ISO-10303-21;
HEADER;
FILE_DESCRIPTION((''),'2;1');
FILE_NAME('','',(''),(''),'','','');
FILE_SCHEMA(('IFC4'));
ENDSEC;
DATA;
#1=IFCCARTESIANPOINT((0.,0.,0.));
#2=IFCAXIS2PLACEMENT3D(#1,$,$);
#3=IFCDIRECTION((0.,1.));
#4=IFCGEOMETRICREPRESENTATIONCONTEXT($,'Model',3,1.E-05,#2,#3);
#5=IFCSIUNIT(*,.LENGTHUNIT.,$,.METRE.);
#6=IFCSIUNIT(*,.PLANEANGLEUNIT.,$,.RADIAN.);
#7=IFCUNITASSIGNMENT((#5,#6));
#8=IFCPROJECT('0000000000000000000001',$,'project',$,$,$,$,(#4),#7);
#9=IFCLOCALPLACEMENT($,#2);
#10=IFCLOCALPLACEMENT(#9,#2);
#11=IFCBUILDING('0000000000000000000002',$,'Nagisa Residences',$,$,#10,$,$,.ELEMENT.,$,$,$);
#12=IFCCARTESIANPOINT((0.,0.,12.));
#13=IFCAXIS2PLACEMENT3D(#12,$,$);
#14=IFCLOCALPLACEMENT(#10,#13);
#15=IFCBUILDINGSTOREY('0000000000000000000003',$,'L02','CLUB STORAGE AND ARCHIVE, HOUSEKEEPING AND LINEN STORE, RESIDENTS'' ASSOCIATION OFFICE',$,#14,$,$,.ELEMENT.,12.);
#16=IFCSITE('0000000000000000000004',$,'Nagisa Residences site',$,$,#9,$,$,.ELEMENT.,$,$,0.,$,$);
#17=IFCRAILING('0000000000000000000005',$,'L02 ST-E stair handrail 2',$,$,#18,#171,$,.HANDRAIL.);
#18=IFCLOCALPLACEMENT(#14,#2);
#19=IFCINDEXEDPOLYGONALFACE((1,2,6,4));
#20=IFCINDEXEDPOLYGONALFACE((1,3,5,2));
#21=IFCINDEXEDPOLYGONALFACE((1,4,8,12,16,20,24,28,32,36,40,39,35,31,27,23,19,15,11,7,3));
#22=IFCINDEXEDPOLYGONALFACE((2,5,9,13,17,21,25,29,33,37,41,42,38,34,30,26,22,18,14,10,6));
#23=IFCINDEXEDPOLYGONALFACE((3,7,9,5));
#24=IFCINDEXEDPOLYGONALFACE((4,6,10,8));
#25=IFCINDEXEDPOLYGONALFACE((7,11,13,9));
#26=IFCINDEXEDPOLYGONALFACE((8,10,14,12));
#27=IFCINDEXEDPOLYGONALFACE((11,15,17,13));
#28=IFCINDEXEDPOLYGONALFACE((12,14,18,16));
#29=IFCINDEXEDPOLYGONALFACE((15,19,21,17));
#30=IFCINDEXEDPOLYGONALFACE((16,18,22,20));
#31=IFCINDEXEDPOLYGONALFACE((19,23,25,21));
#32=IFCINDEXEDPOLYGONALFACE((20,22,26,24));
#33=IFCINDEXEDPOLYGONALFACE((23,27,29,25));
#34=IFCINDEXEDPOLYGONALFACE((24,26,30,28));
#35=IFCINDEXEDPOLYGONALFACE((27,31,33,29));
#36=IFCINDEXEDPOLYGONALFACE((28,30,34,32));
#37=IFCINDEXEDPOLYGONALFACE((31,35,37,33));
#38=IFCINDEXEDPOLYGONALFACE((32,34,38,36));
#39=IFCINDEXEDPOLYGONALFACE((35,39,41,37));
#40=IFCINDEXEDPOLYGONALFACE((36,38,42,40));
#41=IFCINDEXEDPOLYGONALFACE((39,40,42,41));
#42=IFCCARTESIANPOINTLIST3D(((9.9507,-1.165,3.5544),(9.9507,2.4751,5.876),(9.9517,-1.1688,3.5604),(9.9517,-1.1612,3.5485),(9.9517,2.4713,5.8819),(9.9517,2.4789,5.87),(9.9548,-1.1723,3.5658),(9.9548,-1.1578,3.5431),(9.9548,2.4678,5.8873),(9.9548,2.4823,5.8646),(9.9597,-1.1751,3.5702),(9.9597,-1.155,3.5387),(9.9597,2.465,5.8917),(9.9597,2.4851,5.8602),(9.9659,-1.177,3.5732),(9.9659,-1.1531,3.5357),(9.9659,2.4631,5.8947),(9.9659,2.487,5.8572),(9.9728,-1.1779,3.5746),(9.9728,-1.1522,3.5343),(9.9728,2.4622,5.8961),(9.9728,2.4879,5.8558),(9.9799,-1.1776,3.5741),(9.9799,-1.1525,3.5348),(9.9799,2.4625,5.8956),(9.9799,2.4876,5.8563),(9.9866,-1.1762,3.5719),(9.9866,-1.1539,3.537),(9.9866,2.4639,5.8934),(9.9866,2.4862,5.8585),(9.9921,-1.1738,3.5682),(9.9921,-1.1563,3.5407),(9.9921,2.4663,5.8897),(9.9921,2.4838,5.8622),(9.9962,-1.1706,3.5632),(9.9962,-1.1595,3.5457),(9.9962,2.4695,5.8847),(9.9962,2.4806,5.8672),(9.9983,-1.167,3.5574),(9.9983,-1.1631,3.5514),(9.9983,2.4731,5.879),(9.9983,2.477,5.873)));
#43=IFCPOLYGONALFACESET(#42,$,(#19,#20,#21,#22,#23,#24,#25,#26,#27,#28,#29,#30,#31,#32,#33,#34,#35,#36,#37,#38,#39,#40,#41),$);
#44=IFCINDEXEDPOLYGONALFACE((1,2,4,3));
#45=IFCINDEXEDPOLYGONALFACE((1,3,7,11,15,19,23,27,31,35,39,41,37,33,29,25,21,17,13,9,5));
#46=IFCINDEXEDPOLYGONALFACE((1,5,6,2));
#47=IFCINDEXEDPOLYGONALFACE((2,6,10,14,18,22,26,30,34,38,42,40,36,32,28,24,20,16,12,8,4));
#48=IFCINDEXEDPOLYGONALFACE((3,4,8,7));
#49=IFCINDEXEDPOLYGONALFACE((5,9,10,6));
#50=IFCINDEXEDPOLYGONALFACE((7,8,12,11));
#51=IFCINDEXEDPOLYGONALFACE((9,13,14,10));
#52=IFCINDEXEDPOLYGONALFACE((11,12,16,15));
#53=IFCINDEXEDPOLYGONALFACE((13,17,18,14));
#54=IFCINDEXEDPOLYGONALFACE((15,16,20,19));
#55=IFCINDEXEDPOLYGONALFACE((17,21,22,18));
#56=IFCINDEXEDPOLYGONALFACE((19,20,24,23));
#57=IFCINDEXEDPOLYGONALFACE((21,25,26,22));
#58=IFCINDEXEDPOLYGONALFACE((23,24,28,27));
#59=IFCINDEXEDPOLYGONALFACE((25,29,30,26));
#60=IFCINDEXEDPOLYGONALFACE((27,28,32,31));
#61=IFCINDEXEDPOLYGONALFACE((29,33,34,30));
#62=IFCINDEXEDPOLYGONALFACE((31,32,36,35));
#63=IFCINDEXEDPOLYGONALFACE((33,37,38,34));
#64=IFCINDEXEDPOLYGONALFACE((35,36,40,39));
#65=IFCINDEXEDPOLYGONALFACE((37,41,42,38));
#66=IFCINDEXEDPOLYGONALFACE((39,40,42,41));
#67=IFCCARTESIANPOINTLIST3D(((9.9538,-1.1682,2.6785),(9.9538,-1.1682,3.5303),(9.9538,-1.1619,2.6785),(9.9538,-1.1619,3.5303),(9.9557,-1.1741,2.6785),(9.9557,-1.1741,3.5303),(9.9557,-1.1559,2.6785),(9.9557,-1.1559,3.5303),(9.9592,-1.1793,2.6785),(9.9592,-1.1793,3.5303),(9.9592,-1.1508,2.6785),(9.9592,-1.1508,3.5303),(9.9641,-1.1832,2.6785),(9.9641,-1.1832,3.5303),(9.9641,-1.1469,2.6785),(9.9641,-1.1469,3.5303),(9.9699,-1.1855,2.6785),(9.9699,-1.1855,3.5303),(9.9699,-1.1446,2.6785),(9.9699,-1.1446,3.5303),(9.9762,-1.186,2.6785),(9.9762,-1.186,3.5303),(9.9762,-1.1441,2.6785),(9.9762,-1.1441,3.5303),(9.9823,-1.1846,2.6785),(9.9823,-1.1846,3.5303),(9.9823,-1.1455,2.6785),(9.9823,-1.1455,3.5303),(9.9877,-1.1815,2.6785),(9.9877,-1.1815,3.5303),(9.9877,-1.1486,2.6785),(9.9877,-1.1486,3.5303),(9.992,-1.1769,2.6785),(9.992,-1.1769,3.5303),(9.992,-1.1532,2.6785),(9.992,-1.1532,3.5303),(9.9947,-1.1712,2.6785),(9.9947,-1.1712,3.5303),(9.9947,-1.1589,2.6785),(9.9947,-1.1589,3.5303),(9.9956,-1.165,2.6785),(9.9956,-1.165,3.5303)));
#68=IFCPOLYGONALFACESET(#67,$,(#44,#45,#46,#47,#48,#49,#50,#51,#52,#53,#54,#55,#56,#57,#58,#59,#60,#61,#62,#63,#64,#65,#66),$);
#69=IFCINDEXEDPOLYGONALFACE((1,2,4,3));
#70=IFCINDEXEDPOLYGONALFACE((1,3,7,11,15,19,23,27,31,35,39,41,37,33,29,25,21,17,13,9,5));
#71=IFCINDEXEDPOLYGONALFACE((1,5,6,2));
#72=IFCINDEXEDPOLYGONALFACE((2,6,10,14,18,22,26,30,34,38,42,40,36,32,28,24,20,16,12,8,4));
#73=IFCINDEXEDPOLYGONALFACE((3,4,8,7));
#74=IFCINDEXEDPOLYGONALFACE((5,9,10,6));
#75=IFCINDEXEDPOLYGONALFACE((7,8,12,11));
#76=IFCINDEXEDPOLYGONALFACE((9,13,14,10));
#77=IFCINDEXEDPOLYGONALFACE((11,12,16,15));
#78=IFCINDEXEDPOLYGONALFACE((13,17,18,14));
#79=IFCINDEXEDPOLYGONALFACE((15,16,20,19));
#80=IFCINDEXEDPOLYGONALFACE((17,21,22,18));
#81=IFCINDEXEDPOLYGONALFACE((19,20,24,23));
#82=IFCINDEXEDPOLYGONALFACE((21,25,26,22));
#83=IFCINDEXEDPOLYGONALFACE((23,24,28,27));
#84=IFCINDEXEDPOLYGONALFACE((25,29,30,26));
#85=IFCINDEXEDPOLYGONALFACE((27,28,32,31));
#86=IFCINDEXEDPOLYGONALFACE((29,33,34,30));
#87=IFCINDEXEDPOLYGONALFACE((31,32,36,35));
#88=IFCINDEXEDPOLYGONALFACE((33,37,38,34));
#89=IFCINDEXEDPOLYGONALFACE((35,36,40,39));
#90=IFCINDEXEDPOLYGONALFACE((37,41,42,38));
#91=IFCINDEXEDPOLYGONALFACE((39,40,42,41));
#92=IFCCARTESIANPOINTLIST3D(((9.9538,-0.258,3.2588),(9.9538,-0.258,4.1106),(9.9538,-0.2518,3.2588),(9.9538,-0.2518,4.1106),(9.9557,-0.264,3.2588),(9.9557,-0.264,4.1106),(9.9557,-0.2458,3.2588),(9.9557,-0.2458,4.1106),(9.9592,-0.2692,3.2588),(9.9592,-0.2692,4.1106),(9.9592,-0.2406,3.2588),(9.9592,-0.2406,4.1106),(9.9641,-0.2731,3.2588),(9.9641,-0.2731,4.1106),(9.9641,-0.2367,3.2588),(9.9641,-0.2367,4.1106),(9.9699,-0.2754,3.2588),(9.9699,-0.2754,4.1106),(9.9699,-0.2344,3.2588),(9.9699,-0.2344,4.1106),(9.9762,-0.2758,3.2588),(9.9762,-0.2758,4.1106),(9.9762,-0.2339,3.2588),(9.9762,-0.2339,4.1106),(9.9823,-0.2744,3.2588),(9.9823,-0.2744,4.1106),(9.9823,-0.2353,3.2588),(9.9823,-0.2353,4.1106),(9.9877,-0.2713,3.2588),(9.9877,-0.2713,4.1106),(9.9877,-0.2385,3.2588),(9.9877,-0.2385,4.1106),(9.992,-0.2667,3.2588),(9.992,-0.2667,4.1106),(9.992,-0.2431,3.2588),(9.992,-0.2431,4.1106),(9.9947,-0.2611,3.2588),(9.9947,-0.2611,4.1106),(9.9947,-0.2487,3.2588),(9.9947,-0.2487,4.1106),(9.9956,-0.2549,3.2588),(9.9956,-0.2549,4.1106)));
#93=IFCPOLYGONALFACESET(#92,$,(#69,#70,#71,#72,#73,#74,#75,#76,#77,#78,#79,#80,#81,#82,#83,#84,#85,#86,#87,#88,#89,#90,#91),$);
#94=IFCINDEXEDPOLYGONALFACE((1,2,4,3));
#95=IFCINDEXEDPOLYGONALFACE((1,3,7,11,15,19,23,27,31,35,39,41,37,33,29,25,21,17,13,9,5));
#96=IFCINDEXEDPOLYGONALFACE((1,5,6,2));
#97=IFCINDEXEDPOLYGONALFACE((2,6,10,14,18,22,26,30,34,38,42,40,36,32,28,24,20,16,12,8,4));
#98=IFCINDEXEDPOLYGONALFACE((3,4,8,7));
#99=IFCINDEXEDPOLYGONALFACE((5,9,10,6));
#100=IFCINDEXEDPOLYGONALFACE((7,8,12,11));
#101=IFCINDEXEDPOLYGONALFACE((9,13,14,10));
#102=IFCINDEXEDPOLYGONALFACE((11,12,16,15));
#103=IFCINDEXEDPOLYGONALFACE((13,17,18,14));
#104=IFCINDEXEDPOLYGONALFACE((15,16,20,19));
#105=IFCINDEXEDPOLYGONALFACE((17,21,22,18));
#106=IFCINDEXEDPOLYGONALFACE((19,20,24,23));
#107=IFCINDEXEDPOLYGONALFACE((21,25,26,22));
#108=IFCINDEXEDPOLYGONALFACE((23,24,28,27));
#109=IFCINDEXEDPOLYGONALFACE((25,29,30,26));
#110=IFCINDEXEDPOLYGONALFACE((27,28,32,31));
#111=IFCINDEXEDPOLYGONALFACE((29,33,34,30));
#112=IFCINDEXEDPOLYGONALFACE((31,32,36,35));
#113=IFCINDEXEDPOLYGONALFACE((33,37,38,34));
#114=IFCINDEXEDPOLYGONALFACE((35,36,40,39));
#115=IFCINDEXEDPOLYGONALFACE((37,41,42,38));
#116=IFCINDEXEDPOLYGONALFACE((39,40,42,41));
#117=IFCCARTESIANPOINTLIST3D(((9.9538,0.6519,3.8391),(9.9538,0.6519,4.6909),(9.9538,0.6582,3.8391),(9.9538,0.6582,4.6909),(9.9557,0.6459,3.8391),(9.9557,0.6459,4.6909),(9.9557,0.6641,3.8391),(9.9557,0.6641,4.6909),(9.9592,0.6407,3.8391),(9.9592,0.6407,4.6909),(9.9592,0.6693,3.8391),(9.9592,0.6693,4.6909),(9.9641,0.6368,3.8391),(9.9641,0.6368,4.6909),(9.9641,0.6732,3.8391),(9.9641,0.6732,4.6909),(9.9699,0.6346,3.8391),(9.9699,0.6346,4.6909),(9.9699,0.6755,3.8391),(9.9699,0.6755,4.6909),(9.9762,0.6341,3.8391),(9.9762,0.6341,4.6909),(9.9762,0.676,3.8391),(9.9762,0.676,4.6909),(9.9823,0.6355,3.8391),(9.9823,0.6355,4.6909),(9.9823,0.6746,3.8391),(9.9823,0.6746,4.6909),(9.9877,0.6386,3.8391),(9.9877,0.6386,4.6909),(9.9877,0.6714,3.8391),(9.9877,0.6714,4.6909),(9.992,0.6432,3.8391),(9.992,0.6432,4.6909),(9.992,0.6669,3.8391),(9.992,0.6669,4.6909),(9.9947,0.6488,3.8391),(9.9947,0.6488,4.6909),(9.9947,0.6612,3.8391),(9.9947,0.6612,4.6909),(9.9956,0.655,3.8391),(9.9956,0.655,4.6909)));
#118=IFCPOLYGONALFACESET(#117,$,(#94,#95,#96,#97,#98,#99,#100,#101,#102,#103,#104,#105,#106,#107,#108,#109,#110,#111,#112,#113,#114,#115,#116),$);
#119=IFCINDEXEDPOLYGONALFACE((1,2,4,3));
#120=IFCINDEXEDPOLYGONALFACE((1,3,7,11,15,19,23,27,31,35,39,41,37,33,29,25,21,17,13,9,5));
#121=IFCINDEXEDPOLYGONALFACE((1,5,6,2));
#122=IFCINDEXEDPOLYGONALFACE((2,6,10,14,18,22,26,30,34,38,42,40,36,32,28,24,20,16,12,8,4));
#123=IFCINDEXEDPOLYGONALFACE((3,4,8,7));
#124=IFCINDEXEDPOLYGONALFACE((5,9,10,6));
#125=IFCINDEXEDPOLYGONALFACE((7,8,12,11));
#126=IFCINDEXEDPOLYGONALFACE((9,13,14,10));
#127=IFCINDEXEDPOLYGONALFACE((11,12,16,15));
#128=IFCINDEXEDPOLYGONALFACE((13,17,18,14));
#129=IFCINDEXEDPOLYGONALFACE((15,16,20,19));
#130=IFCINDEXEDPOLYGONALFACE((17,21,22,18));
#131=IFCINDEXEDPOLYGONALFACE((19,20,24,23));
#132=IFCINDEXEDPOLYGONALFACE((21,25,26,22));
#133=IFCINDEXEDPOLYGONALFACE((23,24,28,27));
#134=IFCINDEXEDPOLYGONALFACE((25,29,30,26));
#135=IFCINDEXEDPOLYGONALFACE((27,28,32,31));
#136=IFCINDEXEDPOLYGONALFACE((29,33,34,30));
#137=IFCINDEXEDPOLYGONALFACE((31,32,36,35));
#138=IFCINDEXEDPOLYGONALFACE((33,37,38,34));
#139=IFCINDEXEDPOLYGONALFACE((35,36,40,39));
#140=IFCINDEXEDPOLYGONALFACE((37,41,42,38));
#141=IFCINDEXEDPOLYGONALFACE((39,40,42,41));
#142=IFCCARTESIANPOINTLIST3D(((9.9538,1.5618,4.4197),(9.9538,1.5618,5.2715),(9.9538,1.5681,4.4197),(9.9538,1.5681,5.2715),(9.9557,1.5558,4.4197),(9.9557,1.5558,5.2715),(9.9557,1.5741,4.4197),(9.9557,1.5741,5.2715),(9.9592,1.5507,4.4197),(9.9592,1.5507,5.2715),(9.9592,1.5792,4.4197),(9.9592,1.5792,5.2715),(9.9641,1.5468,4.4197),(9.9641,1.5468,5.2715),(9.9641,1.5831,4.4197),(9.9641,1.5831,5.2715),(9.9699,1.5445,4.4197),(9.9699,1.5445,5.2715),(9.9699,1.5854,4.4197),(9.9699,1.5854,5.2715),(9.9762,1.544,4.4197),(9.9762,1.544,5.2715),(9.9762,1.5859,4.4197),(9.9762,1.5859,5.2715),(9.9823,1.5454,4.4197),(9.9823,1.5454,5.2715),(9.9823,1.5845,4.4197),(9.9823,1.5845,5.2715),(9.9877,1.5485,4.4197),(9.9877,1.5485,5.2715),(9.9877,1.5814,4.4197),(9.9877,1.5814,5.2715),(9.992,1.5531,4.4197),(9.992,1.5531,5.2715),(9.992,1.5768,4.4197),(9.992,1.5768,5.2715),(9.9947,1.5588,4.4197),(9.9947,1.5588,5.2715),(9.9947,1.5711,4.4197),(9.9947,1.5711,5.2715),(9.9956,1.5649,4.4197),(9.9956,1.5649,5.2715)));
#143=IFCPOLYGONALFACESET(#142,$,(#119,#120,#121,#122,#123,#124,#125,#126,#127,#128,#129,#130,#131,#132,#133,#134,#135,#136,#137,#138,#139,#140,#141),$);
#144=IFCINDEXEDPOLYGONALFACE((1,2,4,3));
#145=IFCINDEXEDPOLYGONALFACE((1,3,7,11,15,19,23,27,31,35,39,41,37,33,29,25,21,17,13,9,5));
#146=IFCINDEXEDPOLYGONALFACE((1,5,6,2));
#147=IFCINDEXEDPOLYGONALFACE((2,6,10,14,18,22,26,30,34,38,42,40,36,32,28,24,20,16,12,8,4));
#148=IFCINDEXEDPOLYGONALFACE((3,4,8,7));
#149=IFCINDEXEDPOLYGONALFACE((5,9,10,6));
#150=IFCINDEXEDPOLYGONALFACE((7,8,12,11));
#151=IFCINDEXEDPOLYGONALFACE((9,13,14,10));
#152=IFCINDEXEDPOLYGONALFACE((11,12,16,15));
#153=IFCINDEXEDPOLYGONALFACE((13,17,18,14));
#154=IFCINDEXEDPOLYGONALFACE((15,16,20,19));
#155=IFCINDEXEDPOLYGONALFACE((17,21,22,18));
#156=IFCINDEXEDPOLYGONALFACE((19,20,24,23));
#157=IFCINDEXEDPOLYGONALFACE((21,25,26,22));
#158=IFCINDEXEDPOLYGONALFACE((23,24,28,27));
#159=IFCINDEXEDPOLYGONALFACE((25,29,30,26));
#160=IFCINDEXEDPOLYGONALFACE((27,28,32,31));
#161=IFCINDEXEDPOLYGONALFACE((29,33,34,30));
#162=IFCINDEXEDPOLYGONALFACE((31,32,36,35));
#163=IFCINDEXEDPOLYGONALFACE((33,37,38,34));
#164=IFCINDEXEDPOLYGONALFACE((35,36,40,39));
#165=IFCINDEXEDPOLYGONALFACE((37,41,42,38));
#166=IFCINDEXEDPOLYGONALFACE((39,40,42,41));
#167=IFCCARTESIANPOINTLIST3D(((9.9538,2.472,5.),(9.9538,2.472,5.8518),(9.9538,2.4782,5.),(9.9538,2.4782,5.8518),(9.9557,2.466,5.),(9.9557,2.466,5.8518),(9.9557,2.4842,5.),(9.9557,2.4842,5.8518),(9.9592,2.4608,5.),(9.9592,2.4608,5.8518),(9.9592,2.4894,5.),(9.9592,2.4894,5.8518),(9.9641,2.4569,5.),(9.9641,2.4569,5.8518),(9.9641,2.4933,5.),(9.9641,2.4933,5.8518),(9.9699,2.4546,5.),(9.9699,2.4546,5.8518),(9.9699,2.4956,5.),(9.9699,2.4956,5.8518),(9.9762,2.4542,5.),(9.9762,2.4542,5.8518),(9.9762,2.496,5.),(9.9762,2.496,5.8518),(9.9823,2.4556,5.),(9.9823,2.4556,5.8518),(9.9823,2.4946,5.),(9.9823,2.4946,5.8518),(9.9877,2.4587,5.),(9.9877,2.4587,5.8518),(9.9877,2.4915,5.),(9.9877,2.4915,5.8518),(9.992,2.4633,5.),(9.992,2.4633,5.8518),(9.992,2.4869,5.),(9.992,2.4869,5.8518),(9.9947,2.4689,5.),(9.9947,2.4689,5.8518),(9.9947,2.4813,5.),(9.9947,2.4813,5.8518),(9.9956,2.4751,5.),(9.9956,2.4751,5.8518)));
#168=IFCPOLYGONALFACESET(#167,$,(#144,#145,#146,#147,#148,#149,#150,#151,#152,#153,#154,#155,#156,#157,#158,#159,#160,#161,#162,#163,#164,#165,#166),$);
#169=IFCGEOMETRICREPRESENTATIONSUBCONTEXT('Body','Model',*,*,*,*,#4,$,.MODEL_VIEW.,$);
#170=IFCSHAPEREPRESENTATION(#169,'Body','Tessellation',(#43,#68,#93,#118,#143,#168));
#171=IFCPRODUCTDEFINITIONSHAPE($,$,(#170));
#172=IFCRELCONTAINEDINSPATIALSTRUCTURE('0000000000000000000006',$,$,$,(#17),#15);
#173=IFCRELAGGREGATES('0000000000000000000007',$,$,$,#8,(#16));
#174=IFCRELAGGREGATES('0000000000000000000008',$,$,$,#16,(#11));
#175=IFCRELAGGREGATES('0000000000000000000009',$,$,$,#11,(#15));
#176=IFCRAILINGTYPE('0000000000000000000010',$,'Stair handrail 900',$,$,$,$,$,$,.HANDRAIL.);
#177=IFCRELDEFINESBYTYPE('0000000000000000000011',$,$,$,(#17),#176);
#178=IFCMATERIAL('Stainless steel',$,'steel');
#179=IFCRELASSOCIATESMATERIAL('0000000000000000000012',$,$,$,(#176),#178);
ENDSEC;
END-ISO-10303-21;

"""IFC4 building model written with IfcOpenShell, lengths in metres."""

from ifc_helpers import new_model, si_unit, direction, frame, origin, origin_2d, place, context, subcontext, project, spatial, circle, extrude, material, type_object, element, save


model = new_model("IFC4")

# Units and contexts
model_context = context("Model", 3, precision=1e-05, world=origin(), true_north=direction((0.0, 1.0)))
body_context = subcontext(model_context, "Body", "Model", "MODEL_VIEW")
ifc_project = project(units=[si_unit("LENGTHUNIT", "METRE"), si_unit("PLANEANGLEUNIT", "RADIAN")], contexts=[model_context])

# Site, building, storey
site_placement = place(None, origin())
site = spatial("IfcSite", under=ifc_project, at=site_placement, Name="Nagisa Residences site", CompositionType="ELEMENT", RefElevation=0.0)
building_placement = place(site_placement, origin())
building = spatial("IfcBuilding", under=site, at=building_placement, Name="Nagisa Residences", CompositionType="ELEMENT")
storey_placement = place(building_placement, frame((0.0, 0.0, 12.0)))
storey = spatial("IfcBuildingStorey", under=building, at=storey_placement, Name="L02", Description="CLUB STORAGE AND ARCHIVE, HOUSEKEEPING AND LINEN STORE, RESIDENTS' ASSOCIATION OFFICE", CompositionType="ELEMENT", Elevation=12.0)

# Railing
ifc_material_1 = material(Name="Stainless steel", Category="steel")
railing_type = type_object("IfcRailingType", Name="Stair handrail 900", PredefinedType="HANDRAIL", material=ifc_material_1)
railing_placement = place(storey_placement, frame((9.9746, -1.165, 2.6785)))
element("IfcRailing", 1, at=railing_placement, inside=storey, type_object=railing_type, Name="L02 ST-E stair handrail 2", PredefinedType="HANDRAIL", context=body_context, shape_type="SweptSolid", body=[
    extrude(circle(Radius=0.0239, at=origin_2d()), frame((0.0, 0.0, 0.876), z_axis=(0.0, 0.843128, 0.537713), x_axis=(-1.0, 0.0, 0.0)), (0.0, 0.0, 1.0), 4.3174),
    extrude(circle(Radius=0.021, at=origin_2d()), origin(), (0.0, 0.0, 1.0), 0.8518),
    extrude(circle(Radius=0.021, at=origin_2d()), frame((0.0, 0.9102, 0.5803)), (0.0, 0.0, 1.0), 0.8518),
    extrude(circle(Radius=0.021, at=origin_2d()), frame((0.0, 1.8201, 1.1606)), (0.0, 0.0, 1.0), 0.8518),
    extrude(circle(Radius=0.021, at=origin_2d()), frame((0.0, 2.73, 1.7412)), (0.0, 0.0, 1.0), 0.8518),
    extrude(circle(Radius=0.021, at=origin_2d()), frame((0.0, 3.6401, 2.3215)), (0.0, 0.0, 1.0), 0.8518),
])

save(model, "model.ifc")
